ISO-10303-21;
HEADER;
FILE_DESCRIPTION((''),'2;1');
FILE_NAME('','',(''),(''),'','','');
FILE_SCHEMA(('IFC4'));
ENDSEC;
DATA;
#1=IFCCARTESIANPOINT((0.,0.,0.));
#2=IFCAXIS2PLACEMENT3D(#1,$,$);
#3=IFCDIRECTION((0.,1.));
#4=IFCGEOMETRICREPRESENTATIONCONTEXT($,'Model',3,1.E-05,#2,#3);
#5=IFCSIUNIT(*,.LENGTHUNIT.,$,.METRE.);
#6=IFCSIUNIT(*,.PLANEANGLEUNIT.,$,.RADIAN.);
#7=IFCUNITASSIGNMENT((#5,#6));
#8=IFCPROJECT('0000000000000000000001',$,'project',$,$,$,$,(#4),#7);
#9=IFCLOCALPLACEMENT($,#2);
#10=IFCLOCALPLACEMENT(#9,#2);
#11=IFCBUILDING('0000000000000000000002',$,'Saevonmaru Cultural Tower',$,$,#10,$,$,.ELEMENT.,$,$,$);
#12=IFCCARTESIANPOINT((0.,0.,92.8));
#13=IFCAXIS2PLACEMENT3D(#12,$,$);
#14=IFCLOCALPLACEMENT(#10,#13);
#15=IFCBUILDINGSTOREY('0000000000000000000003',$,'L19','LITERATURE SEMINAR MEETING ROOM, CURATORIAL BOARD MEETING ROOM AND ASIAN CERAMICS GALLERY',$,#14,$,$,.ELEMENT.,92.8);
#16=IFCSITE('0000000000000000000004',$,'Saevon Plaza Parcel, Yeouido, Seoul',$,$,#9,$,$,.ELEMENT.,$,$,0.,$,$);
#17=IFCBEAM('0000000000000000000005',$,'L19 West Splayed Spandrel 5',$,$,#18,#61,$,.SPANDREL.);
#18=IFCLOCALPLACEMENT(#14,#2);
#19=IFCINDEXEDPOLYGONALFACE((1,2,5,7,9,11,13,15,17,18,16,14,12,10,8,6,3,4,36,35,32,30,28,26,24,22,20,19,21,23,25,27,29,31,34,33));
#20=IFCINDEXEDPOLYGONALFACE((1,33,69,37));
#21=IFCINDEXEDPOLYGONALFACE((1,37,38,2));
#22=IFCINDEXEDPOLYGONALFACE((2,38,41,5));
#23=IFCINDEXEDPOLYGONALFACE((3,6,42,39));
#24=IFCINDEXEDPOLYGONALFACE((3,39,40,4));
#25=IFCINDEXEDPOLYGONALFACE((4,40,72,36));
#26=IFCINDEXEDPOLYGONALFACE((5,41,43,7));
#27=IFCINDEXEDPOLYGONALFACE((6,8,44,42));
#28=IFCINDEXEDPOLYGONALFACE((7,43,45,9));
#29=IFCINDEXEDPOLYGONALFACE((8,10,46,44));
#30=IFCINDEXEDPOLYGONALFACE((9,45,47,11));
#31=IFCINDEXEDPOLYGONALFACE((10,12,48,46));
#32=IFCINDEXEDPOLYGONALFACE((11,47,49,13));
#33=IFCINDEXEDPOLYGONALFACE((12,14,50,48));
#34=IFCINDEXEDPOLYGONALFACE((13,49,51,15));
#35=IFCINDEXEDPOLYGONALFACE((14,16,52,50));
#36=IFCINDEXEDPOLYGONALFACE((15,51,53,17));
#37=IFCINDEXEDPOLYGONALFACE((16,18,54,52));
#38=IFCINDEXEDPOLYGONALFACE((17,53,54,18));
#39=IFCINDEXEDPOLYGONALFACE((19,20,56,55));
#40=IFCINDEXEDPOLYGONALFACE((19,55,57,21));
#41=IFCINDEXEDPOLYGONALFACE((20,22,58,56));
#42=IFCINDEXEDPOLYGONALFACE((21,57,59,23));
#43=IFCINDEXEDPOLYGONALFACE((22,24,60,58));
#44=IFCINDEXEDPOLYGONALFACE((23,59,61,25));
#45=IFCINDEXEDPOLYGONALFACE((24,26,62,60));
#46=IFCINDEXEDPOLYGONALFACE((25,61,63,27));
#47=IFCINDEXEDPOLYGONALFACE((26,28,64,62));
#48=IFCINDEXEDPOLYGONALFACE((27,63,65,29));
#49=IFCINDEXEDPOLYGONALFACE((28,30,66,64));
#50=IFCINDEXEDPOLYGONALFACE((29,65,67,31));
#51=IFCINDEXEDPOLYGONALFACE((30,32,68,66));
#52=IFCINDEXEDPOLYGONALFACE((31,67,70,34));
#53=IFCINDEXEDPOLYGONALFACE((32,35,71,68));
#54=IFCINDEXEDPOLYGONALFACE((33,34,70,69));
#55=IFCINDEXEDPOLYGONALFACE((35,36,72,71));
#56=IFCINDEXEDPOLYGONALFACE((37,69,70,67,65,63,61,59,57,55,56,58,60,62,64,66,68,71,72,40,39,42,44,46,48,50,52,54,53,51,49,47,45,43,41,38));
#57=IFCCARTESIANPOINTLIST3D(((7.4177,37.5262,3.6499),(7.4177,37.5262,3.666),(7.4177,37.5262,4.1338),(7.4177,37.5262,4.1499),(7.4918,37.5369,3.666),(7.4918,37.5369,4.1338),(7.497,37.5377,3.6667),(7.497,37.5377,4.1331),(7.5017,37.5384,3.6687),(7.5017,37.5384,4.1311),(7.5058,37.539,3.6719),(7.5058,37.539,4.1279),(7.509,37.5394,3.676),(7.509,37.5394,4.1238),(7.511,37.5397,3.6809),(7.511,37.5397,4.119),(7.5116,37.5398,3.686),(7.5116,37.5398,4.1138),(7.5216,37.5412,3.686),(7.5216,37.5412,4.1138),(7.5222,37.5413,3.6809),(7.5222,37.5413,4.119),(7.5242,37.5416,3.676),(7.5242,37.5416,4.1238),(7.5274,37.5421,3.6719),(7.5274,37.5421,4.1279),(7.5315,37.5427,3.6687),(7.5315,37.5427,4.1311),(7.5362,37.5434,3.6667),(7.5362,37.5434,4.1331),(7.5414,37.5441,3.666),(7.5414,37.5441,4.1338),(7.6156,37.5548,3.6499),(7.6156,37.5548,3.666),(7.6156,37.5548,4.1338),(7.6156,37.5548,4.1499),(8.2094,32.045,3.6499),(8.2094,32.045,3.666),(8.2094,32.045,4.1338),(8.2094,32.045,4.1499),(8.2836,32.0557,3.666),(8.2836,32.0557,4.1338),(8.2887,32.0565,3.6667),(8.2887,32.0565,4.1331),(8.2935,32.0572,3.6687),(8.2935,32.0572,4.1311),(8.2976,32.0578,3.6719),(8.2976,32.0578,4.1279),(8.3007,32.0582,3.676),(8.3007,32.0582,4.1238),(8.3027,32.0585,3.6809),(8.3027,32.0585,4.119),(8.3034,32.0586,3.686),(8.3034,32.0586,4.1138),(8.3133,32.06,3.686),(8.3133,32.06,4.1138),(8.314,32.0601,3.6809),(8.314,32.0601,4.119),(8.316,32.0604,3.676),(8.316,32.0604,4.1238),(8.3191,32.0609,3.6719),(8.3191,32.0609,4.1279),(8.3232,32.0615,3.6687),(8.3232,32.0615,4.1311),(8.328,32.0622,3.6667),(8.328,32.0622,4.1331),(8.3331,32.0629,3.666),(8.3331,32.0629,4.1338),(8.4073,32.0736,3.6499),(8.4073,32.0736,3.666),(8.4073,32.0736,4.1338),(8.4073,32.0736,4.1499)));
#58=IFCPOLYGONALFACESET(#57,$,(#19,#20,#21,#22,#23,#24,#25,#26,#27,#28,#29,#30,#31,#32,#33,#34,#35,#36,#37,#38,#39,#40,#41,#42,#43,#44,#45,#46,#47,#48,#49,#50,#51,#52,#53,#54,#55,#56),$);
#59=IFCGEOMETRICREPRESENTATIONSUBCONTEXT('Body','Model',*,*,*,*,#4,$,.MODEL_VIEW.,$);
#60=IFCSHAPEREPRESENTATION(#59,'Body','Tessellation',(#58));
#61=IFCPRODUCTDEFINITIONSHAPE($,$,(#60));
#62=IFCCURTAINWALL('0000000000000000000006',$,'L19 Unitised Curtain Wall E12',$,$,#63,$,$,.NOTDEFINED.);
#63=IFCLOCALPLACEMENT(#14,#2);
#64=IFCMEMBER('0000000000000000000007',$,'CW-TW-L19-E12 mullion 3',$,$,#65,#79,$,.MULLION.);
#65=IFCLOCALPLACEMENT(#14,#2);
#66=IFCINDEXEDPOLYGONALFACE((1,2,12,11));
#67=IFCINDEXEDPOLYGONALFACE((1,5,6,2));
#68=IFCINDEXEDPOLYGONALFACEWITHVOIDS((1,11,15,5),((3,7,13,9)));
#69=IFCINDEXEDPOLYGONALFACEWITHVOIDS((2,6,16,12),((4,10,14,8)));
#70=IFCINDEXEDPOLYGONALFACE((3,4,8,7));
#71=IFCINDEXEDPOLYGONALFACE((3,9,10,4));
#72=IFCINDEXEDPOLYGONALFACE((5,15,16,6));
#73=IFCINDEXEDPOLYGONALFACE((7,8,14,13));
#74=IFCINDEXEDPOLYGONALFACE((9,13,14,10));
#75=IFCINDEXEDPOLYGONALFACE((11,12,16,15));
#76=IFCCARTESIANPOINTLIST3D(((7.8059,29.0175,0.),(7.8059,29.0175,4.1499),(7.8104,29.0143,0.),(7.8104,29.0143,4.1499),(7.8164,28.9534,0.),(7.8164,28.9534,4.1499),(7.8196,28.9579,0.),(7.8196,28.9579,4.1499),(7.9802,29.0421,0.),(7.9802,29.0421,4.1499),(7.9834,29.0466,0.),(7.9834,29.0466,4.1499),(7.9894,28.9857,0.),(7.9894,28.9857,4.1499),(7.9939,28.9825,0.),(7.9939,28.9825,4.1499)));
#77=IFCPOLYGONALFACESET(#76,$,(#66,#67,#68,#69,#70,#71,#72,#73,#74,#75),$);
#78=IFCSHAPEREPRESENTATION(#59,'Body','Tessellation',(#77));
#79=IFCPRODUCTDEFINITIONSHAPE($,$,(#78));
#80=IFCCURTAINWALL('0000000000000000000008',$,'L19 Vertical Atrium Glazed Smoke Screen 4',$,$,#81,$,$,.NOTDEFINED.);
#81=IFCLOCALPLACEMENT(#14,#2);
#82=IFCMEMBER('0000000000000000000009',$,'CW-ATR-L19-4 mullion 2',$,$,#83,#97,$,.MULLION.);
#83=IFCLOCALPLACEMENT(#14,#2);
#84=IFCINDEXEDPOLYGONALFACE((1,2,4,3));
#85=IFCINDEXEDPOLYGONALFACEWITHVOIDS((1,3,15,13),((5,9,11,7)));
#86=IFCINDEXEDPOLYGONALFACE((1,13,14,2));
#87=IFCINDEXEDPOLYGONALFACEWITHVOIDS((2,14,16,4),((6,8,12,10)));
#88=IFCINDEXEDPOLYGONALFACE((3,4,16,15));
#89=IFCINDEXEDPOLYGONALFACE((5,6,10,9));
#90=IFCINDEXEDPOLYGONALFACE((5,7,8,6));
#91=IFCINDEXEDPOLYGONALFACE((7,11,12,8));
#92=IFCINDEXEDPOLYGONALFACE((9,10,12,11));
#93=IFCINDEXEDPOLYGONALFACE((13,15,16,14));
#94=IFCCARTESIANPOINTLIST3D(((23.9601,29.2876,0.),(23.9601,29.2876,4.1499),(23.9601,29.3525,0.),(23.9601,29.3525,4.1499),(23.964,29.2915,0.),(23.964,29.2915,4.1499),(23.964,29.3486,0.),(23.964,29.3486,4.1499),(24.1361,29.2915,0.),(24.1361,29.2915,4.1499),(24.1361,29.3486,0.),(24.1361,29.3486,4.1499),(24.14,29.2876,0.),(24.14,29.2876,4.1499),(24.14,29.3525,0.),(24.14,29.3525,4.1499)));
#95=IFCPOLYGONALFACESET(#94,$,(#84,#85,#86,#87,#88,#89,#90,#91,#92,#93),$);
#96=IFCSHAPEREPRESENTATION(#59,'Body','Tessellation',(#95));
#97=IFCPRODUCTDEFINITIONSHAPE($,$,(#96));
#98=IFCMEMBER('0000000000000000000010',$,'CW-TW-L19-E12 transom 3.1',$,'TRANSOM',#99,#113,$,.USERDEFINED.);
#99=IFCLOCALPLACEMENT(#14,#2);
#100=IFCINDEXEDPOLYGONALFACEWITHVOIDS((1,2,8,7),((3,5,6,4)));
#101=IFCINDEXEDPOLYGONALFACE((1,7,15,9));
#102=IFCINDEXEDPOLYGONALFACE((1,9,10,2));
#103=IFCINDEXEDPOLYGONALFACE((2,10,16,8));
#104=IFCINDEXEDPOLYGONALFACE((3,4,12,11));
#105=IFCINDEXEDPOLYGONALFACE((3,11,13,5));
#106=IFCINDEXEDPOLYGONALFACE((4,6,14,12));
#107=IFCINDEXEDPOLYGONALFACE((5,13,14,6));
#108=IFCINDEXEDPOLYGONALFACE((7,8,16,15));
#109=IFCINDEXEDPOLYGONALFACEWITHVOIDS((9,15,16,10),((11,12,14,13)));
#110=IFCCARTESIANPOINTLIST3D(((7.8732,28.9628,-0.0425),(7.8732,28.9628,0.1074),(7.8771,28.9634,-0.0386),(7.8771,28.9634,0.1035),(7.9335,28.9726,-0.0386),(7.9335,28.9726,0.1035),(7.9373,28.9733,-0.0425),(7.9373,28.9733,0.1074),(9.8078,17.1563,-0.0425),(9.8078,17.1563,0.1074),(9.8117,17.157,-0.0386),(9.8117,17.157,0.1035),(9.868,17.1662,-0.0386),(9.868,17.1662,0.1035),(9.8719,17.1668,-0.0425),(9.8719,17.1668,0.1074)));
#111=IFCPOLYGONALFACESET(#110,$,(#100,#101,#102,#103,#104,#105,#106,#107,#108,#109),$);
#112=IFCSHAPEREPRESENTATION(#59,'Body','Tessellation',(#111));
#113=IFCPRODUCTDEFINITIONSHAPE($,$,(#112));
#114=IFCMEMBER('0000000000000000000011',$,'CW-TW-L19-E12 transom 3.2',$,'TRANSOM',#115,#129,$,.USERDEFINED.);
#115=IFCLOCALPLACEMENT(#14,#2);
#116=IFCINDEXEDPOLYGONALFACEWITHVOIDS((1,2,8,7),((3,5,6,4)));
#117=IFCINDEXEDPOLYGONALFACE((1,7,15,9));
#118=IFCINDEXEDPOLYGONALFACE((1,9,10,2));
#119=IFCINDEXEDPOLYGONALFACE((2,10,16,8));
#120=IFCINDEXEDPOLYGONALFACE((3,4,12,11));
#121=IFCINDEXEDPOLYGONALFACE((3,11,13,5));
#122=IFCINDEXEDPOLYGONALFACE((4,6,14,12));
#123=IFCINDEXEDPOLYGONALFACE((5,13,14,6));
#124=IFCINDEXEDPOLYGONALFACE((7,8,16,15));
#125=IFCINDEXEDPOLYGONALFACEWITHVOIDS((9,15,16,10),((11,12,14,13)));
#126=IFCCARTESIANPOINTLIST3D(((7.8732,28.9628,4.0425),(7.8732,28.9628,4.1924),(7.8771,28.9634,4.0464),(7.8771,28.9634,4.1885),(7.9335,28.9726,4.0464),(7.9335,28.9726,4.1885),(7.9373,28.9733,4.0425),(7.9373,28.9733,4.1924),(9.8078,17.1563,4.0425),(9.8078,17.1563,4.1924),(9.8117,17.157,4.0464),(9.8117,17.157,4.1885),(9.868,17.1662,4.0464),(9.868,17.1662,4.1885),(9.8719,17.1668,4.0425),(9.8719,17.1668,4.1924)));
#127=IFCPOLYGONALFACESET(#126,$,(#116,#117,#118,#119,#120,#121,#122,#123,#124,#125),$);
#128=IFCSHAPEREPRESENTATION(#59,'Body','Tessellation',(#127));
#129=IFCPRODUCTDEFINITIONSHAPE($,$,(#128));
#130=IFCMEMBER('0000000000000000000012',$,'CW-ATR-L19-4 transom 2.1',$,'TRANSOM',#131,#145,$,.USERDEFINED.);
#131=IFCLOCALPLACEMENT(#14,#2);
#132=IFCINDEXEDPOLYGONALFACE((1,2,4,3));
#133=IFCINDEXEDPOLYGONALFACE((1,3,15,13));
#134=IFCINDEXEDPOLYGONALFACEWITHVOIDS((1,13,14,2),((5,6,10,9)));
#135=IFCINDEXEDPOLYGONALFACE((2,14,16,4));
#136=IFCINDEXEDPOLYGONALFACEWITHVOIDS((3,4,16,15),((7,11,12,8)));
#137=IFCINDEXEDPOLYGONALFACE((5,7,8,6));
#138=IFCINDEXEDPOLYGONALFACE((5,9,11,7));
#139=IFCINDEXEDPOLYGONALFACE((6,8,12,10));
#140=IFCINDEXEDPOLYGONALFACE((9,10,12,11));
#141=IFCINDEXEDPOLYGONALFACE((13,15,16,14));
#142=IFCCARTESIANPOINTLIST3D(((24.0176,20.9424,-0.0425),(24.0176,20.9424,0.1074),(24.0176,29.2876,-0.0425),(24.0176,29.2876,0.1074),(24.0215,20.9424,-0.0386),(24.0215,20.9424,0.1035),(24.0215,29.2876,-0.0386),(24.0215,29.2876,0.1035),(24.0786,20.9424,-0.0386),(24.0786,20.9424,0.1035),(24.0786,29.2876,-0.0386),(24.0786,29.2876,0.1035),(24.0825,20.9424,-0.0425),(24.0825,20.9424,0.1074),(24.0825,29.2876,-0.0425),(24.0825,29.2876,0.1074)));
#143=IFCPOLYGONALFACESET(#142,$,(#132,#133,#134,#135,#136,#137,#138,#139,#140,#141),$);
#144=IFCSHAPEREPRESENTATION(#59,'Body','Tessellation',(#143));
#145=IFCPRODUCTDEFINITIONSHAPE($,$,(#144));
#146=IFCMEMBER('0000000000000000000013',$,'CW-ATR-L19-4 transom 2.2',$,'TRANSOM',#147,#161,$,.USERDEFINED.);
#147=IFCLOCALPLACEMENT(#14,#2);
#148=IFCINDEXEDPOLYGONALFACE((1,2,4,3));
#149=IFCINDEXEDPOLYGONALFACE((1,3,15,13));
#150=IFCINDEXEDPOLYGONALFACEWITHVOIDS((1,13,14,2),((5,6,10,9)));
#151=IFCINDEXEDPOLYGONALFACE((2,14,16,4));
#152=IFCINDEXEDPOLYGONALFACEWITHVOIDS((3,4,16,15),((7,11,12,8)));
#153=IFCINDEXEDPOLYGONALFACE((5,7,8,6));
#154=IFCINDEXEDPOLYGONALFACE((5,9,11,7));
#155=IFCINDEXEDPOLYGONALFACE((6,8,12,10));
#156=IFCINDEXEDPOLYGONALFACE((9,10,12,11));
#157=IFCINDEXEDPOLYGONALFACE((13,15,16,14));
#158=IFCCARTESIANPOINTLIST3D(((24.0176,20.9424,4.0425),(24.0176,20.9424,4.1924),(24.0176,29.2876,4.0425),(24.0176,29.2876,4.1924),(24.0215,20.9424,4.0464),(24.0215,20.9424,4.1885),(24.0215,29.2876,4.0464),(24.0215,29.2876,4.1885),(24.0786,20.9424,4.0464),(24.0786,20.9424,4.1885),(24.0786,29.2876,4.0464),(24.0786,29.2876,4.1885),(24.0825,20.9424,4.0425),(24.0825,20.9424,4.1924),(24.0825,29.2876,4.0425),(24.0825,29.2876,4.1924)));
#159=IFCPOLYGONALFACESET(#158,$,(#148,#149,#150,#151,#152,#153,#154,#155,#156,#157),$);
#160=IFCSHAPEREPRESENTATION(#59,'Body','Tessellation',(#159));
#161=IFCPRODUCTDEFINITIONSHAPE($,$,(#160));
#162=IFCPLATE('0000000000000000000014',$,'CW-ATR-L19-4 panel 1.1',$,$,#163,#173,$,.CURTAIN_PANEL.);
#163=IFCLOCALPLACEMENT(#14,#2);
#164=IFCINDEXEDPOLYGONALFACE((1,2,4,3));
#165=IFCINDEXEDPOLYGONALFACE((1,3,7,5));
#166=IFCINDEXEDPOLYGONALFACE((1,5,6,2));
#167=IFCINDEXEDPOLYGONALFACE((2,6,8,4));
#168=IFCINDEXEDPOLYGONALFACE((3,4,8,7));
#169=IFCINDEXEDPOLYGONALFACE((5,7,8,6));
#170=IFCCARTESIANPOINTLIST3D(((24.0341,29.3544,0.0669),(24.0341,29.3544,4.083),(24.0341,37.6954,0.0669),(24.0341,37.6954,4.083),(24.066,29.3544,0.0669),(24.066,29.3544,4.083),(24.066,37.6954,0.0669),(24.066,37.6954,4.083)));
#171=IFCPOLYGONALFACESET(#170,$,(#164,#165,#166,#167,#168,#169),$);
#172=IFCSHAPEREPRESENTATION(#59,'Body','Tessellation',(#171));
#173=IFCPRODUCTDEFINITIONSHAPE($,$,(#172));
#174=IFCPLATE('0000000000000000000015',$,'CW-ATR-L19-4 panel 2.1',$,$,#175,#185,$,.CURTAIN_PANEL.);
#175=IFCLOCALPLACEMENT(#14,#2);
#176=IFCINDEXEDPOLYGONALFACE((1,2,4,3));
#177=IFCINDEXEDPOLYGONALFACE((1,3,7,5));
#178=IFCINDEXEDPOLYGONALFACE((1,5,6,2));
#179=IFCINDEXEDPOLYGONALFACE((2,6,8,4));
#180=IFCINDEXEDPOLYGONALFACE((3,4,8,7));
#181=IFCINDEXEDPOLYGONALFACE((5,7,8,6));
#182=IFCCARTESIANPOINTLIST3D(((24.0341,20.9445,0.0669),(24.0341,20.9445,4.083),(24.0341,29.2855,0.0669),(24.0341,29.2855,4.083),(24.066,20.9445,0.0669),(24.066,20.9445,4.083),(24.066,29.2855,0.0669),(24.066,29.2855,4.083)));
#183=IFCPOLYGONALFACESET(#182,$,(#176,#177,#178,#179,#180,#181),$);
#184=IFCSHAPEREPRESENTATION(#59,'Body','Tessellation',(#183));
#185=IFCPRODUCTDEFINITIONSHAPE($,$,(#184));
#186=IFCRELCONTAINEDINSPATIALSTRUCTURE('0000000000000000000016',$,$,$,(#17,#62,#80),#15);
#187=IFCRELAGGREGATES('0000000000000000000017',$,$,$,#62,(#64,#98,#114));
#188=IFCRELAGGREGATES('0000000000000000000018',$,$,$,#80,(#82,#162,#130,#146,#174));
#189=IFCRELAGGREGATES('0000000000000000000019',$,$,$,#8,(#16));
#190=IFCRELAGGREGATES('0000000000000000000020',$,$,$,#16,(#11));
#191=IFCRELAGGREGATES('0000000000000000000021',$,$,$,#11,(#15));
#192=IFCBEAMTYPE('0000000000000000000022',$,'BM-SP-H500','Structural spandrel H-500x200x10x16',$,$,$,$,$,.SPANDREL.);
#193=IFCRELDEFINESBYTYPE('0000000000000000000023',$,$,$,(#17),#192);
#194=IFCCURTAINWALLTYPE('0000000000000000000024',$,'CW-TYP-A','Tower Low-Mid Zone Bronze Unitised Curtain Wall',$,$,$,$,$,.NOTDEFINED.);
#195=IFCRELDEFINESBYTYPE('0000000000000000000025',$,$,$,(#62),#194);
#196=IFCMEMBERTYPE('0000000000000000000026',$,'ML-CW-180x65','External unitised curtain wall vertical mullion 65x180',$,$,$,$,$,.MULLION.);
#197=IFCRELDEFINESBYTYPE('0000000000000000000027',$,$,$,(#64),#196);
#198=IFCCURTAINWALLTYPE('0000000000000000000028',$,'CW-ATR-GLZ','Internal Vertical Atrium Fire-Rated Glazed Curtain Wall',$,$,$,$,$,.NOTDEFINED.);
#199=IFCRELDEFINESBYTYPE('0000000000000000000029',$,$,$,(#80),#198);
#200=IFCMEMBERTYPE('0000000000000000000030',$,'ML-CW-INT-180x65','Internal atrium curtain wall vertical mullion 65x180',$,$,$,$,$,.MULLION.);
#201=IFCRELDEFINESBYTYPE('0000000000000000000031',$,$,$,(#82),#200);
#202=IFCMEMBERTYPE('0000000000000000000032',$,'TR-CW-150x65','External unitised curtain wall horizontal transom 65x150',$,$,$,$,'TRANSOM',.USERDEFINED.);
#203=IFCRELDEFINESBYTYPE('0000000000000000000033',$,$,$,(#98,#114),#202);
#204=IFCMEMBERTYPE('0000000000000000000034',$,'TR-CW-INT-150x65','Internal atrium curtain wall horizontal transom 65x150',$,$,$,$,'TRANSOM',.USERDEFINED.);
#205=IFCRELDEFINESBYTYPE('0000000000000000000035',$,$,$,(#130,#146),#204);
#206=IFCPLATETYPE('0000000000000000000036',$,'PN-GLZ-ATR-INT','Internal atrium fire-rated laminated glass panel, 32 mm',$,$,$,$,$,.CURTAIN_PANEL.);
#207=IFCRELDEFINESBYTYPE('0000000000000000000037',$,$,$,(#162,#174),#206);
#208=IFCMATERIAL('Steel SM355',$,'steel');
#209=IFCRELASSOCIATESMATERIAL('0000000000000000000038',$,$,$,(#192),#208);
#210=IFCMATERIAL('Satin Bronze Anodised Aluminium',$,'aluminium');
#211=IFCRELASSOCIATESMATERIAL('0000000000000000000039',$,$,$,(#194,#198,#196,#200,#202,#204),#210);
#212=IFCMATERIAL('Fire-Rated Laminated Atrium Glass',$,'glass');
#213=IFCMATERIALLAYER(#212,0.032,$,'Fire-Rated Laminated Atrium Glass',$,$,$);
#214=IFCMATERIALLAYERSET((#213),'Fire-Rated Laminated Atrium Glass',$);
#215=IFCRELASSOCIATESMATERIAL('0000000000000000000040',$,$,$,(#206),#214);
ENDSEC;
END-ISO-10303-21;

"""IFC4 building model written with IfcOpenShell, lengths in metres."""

from ifc_helpers import new_model, si_unit, direction, frame, origin, origin_2d, place, context, subcontext, project, spatial, rectangle, hollow_rectangle, i_section, extrude, material, layer, layer_set, material_profile, profile_set, type_object, element, aggregate, save


model = new_model("IFC4")

# Units and contexts
model_context = context("Model", 3, precision=1e-05, world=origin(), true_north=direction((0.0, 1.0)))
body_context = subcontext(model_context, "Body", "Model", "MODEL_VIEW")
ifc_project = project(units=[si_unit("LENGTHUNIT", "METRE"), si_unit("PLANEANGLEUNIT", "RADIAN")], contexts=[model_context])

# Site, building, storey
site_placement = place(None, origin())
site = spatial("IfcSite", under=ifc_project, at=site_placement, Name="Saevon Plaza Parcel, Yeouido, Seoul", CompositionType="ELEMENT", RefElevation=0.0)
building_placement = place(site_placement, origin())
building = spatial("IfcBuilding", under=site, at=building_placement, Name="Saevonmaru Cultural Tower", CompositionType="ELEMENT")
storey_placement = place(building_placement, frame((0.0, 0.0, 92.8)))
storey = spatial("IfcBuildingStorey", under=building, at=storey_placement, Name="L19", Description="LITERATURE SEMINAR MEETING ROOM, CURATORIAL BOARD MEETING ROOM AND ASIAN CERAMICS GALLERY", CompositionType="ELEMENT", Elevation=92.8)

# Beam
ifc_material_1 = material(Name="Steel SM355", Category="steel")
ifc_material_profile_1 = material_profile(ifc_material_1, i_section(OverallWidth=0.2, OverallDepth=0.5, WebThickness=0.01, FlangeThickness=0.0161, FilletRadius=0.02, at=origin_2d()), Name="H-500x200x10x16")
ifc_profile_set_1 = profile_set([ifc_material_profile_1], Name="Steel SM355")
beam_type_1 = type_object("IfcBeamType", Name="BM-SP-H500", Description="Structural spandrel H-500x200x10x16", PredefinedType="SPANDREL", material=ifc_profile_set_1)
beam_1_placement = place(storey_placement, frame((8.3083, 32.0593, 3.8999), z_axis=(-0.142964, 0.989728, 0.0), x_axis=(-0.989728, -0.142964, 0.0)))
element("IfcBeam", 1, at=beam_1_placement, inside=storey, type_object=beam_type_1, Name="L19 West Splayed Spandrel 5", PredefinedType="SPANDREL", context=body_context, shape_type="SweptSolid", body=[
    extrude(i_section(OverallWidth=0.2, OverallDepth=0.5, WebThickness=0.01, FlangeThickness=0.0161, FilletRadius=0.02, at=origin_2d()), origin(), (0.0, 0.0, 1.0), 5.5381),
])

# Curtain walls, members
ifc_material_2 = material(Name="Satin Bronze Anodised Aluminium", Category="aluminium")
curtain_wall_type_1 = type_object("IfcCurtainWallType", Name="CW-TYP-A", Description="Tower Low-Mid Zone Bronze Unitised Curtain Wall", PredefinedType="NOTDEFINED", material=ifc_material_2)
curtain_wall_1_placement = place(storey_placement, origin())
curtain_wall_1 = element("IfcCurtainWall", 2, at=curtain_wall_1_placement, inside=storey, type_object=curtain_wall_type_1, Name="L19 Unitised Curtain Wall E12", PredefinedType="NOTDEFINED")
ifc_material_profile_2 = material_profile(ifc_material_2, hollow_rectangle(XDim=0.0649, YDim=0.1799, WallThickness=0.0039, at=origin_2d()), Name="ALU-MULL-180x65x4")
ifc_profile_set_2 = profile_set([ifc_material_profile_2], Name="Satin Bronze Anodised Aluminium")
member_type_1 = type_object("IfcMemberType", Name="ML-CW-180x65", Description="External unitised curtain wall vertical mullion 65x180", PredefinedType="MULLION", material=ifc_profile_set_2)
member_1_placement = place(storey_placement, frame((7.8999, 29.0, 0.0), z_axis=(0.0, 0.0, 1.0), x_axis=(0.161709, -0.986839, 0.0)))
member_1 = element("IfcMember", 3, at=member_1_placement, type_object=member_type_1, Name="CW-TW-L19-E12 mullion 3", PredefinedType="MULLION", context=body_context, shape_type="SweptSolid", body=[
    extrude(hollow_rectangle(XDim=0.0649, YDim=0.1799, WallThickness=0.0039, at=origin_2d()), origin(), (0.0, 0.0, 1.0), 4.1499),
])
curtain_wall_type_2 = type_object("IfcCurtainWallType", Name="CW-ATR-GLZ", Description="Internal Vertical Atrium Fire-Rated Glazed Curtain Wall", PredefinedType="NOTDEFINED", material=ifc_material_2)
curtain_wall_2_placement = place(storey_placement, origin())
curtain_wall_2 = element("IfcCurtainWall", 4, at=curtain_wall_2_placement, inside=storey, type_object=curtain_wall_type_2, Name="L19 Vertical Atrium Glazed Smoke Screen 4", PredefinedType="NOTDEFINED")
ifc_material_profile_3 = material_profile(ifc_material_2, hollow_rectangle(XDim=0.0649, YDim=0.1799, WallThickness=0.0039, at=origin_2d()), Name="ALU-MULL-180x65x4")
ifc_profile_set_3 = profile_set([ifc_material_profile_3], Name="Satin Bronze Anodised Aluminium")
member_type_2 = type_object("IfcMemberType", Name="ML-CW-INT-180x65", Description="Internal atrium curtain wall vertical mullion 65x180", PredefinedType="MULLION", material=ifc_profile_set_3)
member_2_placement = place(storey_placement, frame((24.05, 29.3201, 0.0), z_axis=(0.0, 0.0, 1.0), x_axis=(0.0, -1.0, 0.0)))
member_2 = element("IfcMember", 5, at=member_2_placement, type_object=member_type_2, Name="CW-ATR-L19-4 mullion 2", PredefinedType="MULLION", context=body_context, shape_type="SweptSolid", body=[
    extrude(hollow_rectangle(XDim=0.0649, YDim=0.1799, WallThickness=0.0039, at=origin_2d()), origin(), (0.0, 0.0, 1.0), 4.1499),
])

# Members
ifc_material_profile_4 = material_profile(ifc_material_2, hollow_rectangle(XDim=0.0649, YDim=0.1499, WallThickness=0.0039, at=origin_2d()), Name="ALU-TRAN-150x65x4")
ifc_profile_set_4 = profile_set([ifc_material_profile_4], Name="Satin Bronze Anodised Aluminium")
member_type_3 = type_object("IfcMemberType", Name="TR-CW-150x65", Description="External unitised curtain wall horizontal transom 65x150", ElementType="TRANSOM", PredefinedType="USERDEFINED", material=ifc_profile_set_4)
member_3_placement = place(storey_placement, frame((7.9053, 28.968, 0.0325), z_axis=(0.161701, -0.98684, 0.0), x_axis=(0.98684, 0.161701, 0.0)))
member_3 = element("IfcMember", 6, at=member_3_placement, type_object=member_type_3, Name="CW-TW-L19-E12 transom 3.1", ObjectType="TRANSOM", PredefinedType="USERDEFINED", context=body_context, shape_type="SweptSolid", body=[
    extrude(hollow_rectangle(XDim=0.0649, YDim=0.1499, WallThickness=0.0039, at=origin_2d()), origin(), (0.0, 0.0, 1.0), 11.9639),
])
member_4_placement = place(storey_placement, frame((7.9053, 28.968, 4.1174), z_axis=(0.161701, -0.98684, 0.0), x_axis=(0.98684, 0.161701, 0.0)))
member_4 = element("IfcMember", 7, at=member_4_placement, type_object=member_type_3, Name="CW-TW-L19-E12 transom 3.2", ObjectType="TRANSOM", PredefinedType="USERDEFINED", context=body_context, shape_type="SweptSolid", body=[
    extrude(hollow_rectangle(XDim=0.0649, YDim=0.1499, WallThickness=0.0039, at=origin_2d()), origin(), (0.0, 0.0, 1.0), 11.9639),
])
aggregate(curtain_wall_1, [member_1, member_3, member_4])
ifc_material_profile_5 = material_profile(ifc_material_2, hollow_rectangle(XDim=0.0649, YDim=0.1499, WallThickness=0.0039, at=origin_2d()), Name="ALU-TRAN-150x65x4")
ifc_profile_set_5 = profile_set([ifc_material_profile_5], Name="Satin Bronze Anodised Aluminium")
member_type_4 = type_object("IfcMemberType", Name="TR-CW-INT-150x65", Description="Internal atrium curtain wall horizontal transom 65x150", ElementType="TRANSOM", PredefinedType="USERDEFINED", material=ifc_profile_set_5)
member_5_placement = place(storey_placement, frame((24.05, 29.2876, 0.0325), z_axis=(0.0, -1.0, 0.0), x_axis=(1.0, 0.0, 0.0)))
member_5 = element("IfcMember", 8, at=member_5_placement, type_object=member_type_4, Name="CW-ATR-L19-4 transom 2.1", ObjectType="TRANSOM", PredefinedType="USERDEFINED", context=body_context, shape_type="SweptSolid", body=[
    extrude(hollow_rectangle(XDim=0.0649, YDim=0.1499, WallThickness=0.0039, at=origin_2d()), origin(), (0.0, 0.0, 1.0), 8.3452),
])
member_6_placement = place(storey_placement, frame((24.05, 29.2876, 4.1174), z_axis=(0.0, -1.0, 0.0), x_axis=(1.0, 0.0, 0.0)))
member_6 = element("IfcMember", 9, at=member_6_placement, type_object=member_type_4, Name="CW-ATR-L19-4 transom 2.2", ObjectType="TRANSOM", PredefinedType="USERDEFINED", context=body_context, shape_type="SweptSolid", body=[
    extrude(hollow_rectangle(XDim=0.0649, YDim=0.1499, WallThickness=0.0039, at=origin_2d()), origin(), (0.0, 0.0, 1.0), 8.3452),
])

# Plates
ifc_material_3 = material(Name="Fire-Rated Laminated Atrium Glass", Category="glass")
ifc_layer_1 = layer(ifc_material_3, 0.032, Name="Fire-Rated Laminated Atrium Glass")
ifc_layer_set_1 = layer_set([ifc_layer_1], Name="Fire-Rated Laminated Atrium Glass")
plate_type = type_object("IfcPlateType", Name="PN-GLZ-ATR-INT", Description="Internal atrium fire-rated laminated glass panel, 32 mm", PredefinedType="CURTAIN_PANEL", material=ifc_layer_set_1)
plate_1_placement = place(storey_placement, frame((24.05, 33.5249, 0.0669), z_axis=(0.0, 0.0, 1.0), x_axis=(0.0, -1.0, 0.0)))
plate_1 = element("IfcPlate", 10, at=plate_1_placement, type_object=plate_type, Name="CW-ATR-L19-4 panel 1.1", PredefinedType="CURTAIN_PANEL", context=body_context, shape_type="SweptSolid", body=[
    extrude(rectangle(XDim=8.3411, YDim=0.032, at=origin_2d()), origin(), (0.0, 0.0, 1.0), 4.0161),
])
plate_2_placement = place(storey_placement, frame((24.05, 25.115, 0.0669), z_axis=(0.0, 0.0, 1.0), x_axis=(0.0, -1.0, 0.0)))
plate_2 = element("IfcPlate", 11, at=plate_2_placement, type_object=plate_type, Name="CW-ATR-L19-4 panel 2.1", PredefinedType="CURTAIN_PANEL", context=body_context, shape_type="SweptSolid", body=[
    extrude(rectangle(XDim=8.3411, YDim=0.032, at=origin_2d()), origin(), (0.0, 0.0, 1.0), 4.0161),
])
aggregate(curtain_wall_2, [member_2, plate_1, member_5, member_6, plate_2])

save(model, "model.ifc")
